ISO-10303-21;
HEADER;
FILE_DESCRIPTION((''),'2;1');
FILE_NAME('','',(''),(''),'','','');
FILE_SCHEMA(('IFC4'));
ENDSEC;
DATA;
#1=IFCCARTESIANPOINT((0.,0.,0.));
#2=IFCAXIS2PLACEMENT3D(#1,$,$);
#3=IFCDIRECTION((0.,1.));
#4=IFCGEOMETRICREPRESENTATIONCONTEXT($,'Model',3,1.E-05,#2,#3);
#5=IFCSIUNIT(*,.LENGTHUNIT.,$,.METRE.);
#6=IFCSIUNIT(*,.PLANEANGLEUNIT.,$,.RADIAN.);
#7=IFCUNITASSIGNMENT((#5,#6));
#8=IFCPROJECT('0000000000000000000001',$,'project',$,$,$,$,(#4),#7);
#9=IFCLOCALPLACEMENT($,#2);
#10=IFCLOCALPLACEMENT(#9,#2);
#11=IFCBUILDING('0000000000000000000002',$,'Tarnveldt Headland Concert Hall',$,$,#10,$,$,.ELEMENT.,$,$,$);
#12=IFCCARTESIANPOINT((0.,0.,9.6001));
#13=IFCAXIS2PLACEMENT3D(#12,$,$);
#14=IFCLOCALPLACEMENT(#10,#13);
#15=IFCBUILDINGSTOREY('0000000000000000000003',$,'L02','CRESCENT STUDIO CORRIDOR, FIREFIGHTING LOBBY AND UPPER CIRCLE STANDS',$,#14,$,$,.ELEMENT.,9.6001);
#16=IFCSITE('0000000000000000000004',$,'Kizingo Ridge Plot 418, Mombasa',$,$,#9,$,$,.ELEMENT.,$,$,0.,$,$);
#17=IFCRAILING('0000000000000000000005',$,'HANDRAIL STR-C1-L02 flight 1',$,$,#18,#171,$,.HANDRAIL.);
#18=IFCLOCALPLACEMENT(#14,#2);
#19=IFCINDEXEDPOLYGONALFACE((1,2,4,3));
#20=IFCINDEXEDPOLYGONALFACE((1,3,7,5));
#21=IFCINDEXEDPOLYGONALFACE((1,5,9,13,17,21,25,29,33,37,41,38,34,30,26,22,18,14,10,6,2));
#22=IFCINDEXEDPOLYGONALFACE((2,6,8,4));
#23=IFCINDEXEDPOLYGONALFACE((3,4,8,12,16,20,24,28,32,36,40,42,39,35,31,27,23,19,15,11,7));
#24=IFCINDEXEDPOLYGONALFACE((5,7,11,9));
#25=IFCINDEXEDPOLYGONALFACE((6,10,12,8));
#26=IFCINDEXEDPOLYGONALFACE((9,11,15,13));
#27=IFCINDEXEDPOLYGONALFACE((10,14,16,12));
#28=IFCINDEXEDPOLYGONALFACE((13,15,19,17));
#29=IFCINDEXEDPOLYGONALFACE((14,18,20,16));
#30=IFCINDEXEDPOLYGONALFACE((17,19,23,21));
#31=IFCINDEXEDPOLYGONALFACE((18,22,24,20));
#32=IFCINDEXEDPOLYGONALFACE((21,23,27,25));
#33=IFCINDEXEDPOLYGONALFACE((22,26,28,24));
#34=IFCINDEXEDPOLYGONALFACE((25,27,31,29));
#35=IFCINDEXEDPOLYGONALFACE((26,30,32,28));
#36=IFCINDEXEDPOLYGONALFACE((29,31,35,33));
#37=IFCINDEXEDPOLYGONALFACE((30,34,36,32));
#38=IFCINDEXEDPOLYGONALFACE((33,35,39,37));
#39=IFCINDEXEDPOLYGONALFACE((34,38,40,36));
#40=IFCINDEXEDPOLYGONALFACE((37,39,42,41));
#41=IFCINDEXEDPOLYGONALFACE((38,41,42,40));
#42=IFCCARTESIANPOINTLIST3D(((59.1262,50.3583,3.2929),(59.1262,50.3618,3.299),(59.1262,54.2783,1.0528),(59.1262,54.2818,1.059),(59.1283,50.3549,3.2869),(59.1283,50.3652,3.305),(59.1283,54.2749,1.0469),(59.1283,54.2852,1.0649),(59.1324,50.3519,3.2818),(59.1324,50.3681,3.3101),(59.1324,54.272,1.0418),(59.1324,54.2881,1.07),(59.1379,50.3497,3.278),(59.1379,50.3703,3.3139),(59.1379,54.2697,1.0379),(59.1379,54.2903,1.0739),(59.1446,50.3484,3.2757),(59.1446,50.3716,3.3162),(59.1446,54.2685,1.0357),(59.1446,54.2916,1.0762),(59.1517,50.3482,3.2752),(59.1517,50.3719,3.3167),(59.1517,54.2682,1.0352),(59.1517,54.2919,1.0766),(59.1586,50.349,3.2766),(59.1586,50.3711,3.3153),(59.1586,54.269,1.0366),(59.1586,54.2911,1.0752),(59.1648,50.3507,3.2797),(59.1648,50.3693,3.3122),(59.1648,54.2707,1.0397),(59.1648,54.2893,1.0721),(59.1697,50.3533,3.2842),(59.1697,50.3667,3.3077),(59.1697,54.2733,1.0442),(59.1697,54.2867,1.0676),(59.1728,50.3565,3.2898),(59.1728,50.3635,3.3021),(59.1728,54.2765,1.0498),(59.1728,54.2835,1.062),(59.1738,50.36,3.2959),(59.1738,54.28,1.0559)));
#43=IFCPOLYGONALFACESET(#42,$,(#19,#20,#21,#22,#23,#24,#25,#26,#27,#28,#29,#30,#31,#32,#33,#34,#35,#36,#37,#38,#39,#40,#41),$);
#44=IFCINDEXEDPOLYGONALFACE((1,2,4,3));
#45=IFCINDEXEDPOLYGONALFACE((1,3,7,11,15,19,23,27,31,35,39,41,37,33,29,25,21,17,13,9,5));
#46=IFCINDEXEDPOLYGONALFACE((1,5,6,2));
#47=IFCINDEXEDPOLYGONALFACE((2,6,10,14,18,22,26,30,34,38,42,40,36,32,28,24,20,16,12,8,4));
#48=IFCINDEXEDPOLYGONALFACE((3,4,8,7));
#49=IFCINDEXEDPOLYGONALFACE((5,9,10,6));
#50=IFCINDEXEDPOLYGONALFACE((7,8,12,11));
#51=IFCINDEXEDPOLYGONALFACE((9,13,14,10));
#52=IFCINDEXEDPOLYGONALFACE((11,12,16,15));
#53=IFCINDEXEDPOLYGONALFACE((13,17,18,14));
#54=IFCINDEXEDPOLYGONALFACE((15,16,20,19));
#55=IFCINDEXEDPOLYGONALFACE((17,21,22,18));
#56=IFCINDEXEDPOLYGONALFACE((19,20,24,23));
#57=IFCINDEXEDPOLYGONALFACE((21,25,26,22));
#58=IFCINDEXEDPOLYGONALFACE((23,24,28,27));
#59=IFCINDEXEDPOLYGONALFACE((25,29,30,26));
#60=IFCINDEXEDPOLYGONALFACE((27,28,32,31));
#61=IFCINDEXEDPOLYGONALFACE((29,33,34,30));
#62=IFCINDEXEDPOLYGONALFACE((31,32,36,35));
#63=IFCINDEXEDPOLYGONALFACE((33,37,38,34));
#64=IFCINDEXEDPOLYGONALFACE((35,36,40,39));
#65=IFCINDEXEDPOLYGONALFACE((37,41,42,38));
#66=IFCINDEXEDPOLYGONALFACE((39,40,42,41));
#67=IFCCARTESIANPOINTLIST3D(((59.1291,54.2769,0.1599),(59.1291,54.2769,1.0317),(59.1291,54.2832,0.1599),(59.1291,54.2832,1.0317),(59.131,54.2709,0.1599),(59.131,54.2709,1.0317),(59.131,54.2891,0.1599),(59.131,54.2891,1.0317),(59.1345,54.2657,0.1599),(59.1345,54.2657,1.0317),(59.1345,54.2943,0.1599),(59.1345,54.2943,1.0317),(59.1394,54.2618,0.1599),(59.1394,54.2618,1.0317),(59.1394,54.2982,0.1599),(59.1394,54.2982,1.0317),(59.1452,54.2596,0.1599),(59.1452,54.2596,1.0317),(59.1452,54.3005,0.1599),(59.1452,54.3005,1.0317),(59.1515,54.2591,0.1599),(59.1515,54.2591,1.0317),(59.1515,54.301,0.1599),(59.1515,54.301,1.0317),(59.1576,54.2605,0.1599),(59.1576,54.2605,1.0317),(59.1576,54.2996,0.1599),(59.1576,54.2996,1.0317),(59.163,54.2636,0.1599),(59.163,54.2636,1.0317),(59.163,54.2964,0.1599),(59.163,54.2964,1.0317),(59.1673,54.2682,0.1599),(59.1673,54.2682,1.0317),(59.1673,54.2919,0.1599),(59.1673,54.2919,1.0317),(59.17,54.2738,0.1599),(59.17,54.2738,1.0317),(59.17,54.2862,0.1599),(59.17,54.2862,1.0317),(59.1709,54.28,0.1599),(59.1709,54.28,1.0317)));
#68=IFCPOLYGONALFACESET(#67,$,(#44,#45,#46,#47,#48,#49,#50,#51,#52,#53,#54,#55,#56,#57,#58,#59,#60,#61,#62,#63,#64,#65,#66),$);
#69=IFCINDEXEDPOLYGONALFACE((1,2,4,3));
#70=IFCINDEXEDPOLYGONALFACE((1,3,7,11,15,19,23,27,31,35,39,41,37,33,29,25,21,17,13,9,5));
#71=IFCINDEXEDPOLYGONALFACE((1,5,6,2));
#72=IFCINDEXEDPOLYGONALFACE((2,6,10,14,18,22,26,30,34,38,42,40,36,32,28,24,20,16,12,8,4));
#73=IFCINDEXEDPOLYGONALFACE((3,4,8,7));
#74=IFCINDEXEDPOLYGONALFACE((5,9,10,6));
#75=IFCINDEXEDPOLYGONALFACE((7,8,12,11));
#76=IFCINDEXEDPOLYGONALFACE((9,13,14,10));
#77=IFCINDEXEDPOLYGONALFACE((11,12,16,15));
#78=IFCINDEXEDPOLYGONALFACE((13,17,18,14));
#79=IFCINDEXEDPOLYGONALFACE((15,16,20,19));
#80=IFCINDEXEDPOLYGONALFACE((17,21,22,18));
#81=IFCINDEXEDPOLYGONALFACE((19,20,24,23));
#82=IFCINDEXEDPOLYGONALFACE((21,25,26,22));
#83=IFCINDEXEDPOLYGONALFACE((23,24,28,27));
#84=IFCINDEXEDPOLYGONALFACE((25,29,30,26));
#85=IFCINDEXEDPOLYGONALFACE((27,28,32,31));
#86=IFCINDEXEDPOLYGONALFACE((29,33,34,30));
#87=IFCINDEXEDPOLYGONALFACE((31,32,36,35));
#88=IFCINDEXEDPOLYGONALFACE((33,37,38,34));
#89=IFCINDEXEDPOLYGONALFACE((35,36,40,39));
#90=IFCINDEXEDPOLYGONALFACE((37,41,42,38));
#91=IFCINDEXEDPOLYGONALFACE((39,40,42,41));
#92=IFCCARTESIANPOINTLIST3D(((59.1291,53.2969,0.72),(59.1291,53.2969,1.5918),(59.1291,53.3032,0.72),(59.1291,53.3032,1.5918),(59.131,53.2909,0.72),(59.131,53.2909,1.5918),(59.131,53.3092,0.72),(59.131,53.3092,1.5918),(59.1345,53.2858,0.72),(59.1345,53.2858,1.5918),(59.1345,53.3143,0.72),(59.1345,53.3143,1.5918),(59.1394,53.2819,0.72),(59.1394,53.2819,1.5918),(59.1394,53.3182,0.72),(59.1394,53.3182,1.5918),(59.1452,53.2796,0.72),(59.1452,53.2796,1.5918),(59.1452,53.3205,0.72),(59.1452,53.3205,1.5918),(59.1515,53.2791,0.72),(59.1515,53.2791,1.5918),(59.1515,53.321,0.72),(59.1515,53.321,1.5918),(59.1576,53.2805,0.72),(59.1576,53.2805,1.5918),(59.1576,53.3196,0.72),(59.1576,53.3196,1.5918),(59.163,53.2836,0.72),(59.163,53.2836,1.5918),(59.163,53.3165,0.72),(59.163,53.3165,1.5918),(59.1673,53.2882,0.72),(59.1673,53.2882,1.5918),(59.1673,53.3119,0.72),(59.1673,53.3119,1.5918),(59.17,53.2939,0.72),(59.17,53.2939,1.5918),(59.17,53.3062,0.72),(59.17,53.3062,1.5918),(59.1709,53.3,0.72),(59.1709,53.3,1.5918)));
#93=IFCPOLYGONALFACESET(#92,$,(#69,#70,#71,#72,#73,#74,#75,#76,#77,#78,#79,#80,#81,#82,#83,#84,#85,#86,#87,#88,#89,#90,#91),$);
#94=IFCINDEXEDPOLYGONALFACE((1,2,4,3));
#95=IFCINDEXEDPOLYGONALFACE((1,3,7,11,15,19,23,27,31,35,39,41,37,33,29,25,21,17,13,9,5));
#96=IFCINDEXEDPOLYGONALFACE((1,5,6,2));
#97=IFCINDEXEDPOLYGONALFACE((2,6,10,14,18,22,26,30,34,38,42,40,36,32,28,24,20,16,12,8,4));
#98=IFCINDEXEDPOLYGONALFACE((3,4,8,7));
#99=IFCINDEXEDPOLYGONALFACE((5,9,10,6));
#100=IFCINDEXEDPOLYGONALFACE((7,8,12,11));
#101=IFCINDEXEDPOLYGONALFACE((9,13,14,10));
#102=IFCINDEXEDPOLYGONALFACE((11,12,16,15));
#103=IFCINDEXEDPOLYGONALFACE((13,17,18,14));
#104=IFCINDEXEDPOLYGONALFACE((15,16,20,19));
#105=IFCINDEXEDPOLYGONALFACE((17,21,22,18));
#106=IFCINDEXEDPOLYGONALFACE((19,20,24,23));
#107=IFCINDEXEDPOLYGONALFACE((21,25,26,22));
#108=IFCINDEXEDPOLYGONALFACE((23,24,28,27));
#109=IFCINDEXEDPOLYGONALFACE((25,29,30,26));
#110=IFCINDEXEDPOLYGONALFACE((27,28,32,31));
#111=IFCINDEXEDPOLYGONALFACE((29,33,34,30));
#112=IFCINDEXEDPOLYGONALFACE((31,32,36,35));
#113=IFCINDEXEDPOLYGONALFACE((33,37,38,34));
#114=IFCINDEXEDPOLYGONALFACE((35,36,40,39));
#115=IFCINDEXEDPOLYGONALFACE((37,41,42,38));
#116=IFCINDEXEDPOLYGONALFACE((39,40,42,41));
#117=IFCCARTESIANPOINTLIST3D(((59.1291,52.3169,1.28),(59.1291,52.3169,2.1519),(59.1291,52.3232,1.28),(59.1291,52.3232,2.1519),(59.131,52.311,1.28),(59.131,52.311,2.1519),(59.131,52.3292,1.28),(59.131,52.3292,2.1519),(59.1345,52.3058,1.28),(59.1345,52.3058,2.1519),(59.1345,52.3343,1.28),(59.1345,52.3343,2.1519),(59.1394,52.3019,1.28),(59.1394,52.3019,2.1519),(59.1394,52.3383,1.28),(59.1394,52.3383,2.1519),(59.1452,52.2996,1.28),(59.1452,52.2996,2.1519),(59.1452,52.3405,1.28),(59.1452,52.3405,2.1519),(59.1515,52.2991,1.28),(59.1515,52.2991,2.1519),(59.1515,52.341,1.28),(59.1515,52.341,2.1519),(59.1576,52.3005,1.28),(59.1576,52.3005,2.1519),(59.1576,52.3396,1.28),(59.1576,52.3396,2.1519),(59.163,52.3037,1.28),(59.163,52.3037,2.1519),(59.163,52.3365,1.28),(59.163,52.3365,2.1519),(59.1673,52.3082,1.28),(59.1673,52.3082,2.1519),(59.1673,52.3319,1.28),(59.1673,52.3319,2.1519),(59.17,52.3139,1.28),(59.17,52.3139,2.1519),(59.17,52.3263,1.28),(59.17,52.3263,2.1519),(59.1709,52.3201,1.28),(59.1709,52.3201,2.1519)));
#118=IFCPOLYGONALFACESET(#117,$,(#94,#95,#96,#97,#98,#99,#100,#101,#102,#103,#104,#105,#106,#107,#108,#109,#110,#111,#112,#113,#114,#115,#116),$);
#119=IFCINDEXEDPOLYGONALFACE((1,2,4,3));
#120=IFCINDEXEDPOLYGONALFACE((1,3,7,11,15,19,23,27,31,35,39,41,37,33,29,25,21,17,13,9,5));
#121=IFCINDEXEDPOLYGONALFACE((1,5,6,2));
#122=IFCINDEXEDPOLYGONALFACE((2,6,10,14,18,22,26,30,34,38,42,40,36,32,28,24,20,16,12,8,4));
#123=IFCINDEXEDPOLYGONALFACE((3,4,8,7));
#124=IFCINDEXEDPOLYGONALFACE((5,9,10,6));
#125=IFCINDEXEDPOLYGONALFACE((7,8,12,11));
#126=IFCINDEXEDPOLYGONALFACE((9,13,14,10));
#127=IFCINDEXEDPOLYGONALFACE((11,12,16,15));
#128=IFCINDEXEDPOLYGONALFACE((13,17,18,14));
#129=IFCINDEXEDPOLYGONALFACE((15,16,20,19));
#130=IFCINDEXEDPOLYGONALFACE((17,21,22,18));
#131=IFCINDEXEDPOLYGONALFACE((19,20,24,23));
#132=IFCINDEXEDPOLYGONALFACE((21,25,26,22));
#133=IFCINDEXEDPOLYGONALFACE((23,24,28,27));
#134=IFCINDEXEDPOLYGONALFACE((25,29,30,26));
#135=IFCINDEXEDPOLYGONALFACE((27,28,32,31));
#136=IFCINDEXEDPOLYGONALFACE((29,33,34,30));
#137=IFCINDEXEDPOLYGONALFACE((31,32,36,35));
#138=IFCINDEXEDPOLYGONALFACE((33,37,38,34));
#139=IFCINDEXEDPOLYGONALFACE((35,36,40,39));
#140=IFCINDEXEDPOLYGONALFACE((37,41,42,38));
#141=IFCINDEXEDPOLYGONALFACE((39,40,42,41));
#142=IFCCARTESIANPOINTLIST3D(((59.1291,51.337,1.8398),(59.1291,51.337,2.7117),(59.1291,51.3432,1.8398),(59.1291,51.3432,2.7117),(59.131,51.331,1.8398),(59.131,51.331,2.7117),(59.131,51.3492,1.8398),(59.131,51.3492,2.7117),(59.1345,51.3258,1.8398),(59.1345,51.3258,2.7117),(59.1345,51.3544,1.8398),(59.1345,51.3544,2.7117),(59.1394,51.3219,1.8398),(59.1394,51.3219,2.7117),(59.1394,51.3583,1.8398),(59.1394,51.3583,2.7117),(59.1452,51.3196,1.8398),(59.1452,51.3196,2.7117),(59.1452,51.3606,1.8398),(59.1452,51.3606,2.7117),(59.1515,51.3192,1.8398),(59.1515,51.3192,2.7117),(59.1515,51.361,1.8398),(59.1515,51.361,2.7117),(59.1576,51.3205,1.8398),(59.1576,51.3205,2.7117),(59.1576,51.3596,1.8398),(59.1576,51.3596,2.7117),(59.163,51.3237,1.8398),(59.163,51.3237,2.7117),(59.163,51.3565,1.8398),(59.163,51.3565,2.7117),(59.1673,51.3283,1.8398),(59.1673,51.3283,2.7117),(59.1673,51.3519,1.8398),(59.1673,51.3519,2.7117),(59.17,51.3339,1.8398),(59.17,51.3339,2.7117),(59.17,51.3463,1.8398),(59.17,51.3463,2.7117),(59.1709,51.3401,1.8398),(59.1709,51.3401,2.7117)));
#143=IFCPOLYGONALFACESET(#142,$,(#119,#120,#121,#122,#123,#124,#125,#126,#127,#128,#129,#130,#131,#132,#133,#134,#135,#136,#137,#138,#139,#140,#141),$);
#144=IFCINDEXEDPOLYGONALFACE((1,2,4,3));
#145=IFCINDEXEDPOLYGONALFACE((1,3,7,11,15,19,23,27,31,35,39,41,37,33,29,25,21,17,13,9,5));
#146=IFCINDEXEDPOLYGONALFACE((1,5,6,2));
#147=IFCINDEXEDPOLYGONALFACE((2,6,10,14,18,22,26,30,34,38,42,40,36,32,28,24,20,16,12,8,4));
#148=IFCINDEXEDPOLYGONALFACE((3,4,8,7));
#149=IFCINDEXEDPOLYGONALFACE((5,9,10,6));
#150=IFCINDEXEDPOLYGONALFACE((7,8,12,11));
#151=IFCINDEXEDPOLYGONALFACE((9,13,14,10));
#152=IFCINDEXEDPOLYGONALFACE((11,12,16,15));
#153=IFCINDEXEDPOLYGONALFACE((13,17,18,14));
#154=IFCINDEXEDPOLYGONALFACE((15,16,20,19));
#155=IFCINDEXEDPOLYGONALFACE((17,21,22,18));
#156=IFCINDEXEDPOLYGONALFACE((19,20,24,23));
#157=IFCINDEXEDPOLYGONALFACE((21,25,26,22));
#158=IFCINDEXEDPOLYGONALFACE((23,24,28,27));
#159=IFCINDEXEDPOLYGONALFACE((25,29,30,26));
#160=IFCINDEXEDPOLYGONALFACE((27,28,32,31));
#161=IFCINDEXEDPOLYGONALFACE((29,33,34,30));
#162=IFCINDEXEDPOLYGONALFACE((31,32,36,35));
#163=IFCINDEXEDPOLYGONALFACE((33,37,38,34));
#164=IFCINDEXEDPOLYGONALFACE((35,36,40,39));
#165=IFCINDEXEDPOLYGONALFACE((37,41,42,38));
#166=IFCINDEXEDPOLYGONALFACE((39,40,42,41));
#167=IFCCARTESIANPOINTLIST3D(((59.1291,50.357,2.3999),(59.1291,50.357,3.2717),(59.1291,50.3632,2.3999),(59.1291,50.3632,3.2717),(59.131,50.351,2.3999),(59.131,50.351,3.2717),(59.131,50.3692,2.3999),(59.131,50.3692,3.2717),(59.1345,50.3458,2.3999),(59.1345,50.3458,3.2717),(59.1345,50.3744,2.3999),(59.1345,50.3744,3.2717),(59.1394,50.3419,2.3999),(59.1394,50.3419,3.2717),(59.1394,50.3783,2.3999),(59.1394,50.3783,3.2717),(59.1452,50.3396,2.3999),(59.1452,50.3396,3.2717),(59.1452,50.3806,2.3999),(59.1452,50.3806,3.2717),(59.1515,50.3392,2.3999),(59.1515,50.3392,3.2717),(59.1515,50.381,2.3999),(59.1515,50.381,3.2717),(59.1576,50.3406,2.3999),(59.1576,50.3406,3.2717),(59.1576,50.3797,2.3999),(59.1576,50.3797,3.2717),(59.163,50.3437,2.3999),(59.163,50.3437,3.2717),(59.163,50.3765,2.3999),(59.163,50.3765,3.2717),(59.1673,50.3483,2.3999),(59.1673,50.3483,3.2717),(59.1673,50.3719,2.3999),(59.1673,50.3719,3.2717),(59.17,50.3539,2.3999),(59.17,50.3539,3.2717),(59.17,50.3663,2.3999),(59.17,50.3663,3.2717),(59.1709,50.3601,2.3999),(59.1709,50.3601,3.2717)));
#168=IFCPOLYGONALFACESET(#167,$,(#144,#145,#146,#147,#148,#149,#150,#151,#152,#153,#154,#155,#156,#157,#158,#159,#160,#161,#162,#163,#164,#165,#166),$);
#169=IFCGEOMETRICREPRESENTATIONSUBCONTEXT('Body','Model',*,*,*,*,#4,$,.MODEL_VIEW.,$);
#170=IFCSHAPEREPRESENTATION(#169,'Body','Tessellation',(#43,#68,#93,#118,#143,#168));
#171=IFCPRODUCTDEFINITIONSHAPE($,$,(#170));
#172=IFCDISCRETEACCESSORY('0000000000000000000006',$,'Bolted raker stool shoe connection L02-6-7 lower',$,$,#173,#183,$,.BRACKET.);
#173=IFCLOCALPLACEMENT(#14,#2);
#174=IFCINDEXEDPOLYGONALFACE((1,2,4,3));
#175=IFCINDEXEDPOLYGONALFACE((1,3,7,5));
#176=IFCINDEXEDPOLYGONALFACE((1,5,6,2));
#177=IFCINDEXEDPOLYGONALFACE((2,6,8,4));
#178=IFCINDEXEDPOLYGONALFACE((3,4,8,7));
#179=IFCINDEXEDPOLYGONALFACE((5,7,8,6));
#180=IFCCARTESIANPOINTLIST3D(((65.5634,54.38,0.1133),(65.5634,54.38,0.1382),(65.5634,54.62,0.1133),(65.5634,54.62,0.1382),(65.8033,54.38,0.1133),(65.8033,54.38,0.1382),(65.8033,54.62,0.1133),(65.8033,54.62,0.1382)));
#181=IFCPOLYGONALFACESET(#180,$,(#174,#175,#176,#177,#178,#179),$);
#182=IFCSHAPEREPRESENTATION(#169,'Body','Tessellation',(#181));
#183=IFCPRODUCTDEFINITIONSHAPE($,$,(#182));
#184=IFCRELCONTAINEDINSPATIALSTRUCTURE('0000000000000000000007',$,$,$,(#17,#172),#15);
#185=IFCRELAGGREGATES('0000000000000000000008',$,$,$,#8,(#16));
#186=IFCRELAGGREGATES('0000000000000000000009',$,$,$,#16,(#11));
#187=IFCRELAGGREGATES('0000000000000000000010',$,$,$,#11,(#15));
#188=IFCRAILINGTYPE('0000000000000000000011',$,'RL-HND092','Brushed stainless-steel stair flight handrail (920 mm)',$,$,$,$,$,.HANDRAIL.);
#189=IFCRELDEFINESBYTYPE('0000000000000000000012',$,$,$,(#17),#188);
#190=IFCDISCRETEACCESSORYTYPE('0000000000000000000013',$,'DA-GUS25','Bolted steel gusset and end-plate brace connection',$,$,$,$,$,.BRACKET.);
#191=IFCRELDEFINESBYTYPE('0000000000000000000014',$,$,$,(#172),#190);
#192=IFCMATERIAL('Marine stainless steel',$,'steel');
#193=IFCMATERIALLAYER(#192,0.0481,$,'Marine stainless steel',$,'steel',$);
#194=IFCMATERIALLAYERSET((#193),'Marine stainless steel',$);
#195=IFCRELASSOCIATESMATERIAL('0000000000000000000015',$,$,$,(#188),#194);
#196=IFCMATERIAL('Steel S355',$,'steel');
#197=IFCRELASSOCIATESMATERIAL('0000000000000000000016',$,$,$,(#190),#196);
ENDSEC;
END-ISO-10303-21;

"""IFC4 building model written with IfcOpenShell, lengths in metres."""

from ifc_helpers import new_model, si_unit, direction, frame, origin, origin_2d, place, context, subcontext, project, spatial, rectangle, circle, extrude, material, layer, layer_set, type_object, element, save


model = new_model("IFC4")

# Units and contexts
model_context = context("Model", 3, precision=1e-05, world=origin(), true_north=direction((0.0, 1.0)))
body_context = subcontext(model_context, "Body", "Model", "MODEL_VIEW")
ifc_project = project(units=[si_unit("LENGTHUNIT", "METRE"), si_unit("PLANEANGLEUNIT", "RADIAN")], contexts=[model_context])

# Site, building, storey
site_placement = place(None, origin())
site = spatial("IfcSite", under=ifc_project, at=site_placement, Name="Kizingo Ridge Plot 418, Mombasa", CompositionType="ELEMENT", RefElevation=0.0)
building_placement = place(site_placement, origin())
building = spatial("IfcBuilding", under=site, at=building_placement, Name="Tarnveldt Headland Concert Hall", CompositionType="ELEMENT")
storey_placement = place(building_placement, frame((0.0, 0.0, 9.6001)))
storey = spatial("IfcBuildingStorey", under=building, at=storey_placement, Name="L02", Description="CRESCENT STUDIO CORRIDOR, FIREFIGHTING LOBBY AND UPPER CIRCLE STANDS", CompositionType="ELEMENT", Elevation=9.6001)

# Shared definitions
ifc_material_1 = material(Name="Steel S355", Category="steel")

# Railing
ifc_material_2 = material(Name="Marine stainless steel", Category="steel")
ifc_layer_1 = layer(ifc_material_2, 0.0481, Name="Marine stainless steel", Category="steel")
ifc_layer_set_1 = layer_set([ifc_layer_1], Name="Marine stainless steel")
railing_type = type_object("IfcRailingType", Name="RL-HND092", Description="Brushed stainless-steel stair flight handrail (920 mm)", PredefinedType="HANDRAIL", material=ifc_layer_set_1)
railing_placement = place(storey_placement, frame((59.1499, 54.28, 0.1599)))
element("IfcRailing", 1, at=railing_placement, inside=storey, type_object=railing_type, Name="HANDRAIL STR-C1-L02 flight 1", PredefinedType="HANDRAIL", context=body_context, shape_type="SweptSolid", body=[
    extrude(circle(Radius=0.0239, at=origin_2d()), frame((0.0, 0.0, 0.896), z_axis=(0.0, -0.86824, 0.496145), x_axis=(1.0, 0.0, 0.0)), (0.0, 0.0, 1.0), 4.5149),
    extrude(circle(Radius=0.021, at=origin_2d()), origin(), (0.0, 0.0, 1.0), 0.8718),
    extrude(circle(Radius=0.021, at=origin_2d()), frame((0.0, -0.98, 0.5601)), (0.0, 0.0, 1.0), 0.8718),
    extrude(circle(Radius=0.021, at=origin_2d()), frame((0.0, -1.96, 1.1201)), (0.0, 0.0, 1.0), 0.8718),
    extrude(circle(Radius=0.021, at=origin_2d()), frame((0.0, -2.9399, 1.6799)), (0.0, 0.0, 1.0), 0.8718),
    extrude(circle(Radius=0.021, at=origin_2d()), frame((0.0, -3.9199, 2.24)), (0.0, 0.0, 1.0), 0.8718),
])

# Discrete accessory
discrete_accessory_type = type_object("IfcDiscreteAccessoryType", Name="DA-GUS25", Description="Bolted steel gusset and end-plate brace connection", PredefinedType="BRACKET", material=ifc_material_1)
discrete_accessory_placement = place(storey_placement, frame((65.6833, 54.5, 0.1133), z_axis=(0.0, 0.0, 1.0), x_axis=(1.0, 0.0, 0.0)))
element("IfcDiscreteAccessory", 2, at=discrete_accessory_placement, inside=storey, type_object=discrete_accessory_type, Name="Bolted raker stool shoe connection L02-6-7 lower", PredefinedType="BRACKET", context=body_context, shape_type="SweptSolid", body=[
    extrude(rectangle(XDim=0.24, YDim=0.24, at=origin_2d()), origin(), (0.0, 0.0, 1.0), 0.0249),
])

save(model, "model.ifc")
